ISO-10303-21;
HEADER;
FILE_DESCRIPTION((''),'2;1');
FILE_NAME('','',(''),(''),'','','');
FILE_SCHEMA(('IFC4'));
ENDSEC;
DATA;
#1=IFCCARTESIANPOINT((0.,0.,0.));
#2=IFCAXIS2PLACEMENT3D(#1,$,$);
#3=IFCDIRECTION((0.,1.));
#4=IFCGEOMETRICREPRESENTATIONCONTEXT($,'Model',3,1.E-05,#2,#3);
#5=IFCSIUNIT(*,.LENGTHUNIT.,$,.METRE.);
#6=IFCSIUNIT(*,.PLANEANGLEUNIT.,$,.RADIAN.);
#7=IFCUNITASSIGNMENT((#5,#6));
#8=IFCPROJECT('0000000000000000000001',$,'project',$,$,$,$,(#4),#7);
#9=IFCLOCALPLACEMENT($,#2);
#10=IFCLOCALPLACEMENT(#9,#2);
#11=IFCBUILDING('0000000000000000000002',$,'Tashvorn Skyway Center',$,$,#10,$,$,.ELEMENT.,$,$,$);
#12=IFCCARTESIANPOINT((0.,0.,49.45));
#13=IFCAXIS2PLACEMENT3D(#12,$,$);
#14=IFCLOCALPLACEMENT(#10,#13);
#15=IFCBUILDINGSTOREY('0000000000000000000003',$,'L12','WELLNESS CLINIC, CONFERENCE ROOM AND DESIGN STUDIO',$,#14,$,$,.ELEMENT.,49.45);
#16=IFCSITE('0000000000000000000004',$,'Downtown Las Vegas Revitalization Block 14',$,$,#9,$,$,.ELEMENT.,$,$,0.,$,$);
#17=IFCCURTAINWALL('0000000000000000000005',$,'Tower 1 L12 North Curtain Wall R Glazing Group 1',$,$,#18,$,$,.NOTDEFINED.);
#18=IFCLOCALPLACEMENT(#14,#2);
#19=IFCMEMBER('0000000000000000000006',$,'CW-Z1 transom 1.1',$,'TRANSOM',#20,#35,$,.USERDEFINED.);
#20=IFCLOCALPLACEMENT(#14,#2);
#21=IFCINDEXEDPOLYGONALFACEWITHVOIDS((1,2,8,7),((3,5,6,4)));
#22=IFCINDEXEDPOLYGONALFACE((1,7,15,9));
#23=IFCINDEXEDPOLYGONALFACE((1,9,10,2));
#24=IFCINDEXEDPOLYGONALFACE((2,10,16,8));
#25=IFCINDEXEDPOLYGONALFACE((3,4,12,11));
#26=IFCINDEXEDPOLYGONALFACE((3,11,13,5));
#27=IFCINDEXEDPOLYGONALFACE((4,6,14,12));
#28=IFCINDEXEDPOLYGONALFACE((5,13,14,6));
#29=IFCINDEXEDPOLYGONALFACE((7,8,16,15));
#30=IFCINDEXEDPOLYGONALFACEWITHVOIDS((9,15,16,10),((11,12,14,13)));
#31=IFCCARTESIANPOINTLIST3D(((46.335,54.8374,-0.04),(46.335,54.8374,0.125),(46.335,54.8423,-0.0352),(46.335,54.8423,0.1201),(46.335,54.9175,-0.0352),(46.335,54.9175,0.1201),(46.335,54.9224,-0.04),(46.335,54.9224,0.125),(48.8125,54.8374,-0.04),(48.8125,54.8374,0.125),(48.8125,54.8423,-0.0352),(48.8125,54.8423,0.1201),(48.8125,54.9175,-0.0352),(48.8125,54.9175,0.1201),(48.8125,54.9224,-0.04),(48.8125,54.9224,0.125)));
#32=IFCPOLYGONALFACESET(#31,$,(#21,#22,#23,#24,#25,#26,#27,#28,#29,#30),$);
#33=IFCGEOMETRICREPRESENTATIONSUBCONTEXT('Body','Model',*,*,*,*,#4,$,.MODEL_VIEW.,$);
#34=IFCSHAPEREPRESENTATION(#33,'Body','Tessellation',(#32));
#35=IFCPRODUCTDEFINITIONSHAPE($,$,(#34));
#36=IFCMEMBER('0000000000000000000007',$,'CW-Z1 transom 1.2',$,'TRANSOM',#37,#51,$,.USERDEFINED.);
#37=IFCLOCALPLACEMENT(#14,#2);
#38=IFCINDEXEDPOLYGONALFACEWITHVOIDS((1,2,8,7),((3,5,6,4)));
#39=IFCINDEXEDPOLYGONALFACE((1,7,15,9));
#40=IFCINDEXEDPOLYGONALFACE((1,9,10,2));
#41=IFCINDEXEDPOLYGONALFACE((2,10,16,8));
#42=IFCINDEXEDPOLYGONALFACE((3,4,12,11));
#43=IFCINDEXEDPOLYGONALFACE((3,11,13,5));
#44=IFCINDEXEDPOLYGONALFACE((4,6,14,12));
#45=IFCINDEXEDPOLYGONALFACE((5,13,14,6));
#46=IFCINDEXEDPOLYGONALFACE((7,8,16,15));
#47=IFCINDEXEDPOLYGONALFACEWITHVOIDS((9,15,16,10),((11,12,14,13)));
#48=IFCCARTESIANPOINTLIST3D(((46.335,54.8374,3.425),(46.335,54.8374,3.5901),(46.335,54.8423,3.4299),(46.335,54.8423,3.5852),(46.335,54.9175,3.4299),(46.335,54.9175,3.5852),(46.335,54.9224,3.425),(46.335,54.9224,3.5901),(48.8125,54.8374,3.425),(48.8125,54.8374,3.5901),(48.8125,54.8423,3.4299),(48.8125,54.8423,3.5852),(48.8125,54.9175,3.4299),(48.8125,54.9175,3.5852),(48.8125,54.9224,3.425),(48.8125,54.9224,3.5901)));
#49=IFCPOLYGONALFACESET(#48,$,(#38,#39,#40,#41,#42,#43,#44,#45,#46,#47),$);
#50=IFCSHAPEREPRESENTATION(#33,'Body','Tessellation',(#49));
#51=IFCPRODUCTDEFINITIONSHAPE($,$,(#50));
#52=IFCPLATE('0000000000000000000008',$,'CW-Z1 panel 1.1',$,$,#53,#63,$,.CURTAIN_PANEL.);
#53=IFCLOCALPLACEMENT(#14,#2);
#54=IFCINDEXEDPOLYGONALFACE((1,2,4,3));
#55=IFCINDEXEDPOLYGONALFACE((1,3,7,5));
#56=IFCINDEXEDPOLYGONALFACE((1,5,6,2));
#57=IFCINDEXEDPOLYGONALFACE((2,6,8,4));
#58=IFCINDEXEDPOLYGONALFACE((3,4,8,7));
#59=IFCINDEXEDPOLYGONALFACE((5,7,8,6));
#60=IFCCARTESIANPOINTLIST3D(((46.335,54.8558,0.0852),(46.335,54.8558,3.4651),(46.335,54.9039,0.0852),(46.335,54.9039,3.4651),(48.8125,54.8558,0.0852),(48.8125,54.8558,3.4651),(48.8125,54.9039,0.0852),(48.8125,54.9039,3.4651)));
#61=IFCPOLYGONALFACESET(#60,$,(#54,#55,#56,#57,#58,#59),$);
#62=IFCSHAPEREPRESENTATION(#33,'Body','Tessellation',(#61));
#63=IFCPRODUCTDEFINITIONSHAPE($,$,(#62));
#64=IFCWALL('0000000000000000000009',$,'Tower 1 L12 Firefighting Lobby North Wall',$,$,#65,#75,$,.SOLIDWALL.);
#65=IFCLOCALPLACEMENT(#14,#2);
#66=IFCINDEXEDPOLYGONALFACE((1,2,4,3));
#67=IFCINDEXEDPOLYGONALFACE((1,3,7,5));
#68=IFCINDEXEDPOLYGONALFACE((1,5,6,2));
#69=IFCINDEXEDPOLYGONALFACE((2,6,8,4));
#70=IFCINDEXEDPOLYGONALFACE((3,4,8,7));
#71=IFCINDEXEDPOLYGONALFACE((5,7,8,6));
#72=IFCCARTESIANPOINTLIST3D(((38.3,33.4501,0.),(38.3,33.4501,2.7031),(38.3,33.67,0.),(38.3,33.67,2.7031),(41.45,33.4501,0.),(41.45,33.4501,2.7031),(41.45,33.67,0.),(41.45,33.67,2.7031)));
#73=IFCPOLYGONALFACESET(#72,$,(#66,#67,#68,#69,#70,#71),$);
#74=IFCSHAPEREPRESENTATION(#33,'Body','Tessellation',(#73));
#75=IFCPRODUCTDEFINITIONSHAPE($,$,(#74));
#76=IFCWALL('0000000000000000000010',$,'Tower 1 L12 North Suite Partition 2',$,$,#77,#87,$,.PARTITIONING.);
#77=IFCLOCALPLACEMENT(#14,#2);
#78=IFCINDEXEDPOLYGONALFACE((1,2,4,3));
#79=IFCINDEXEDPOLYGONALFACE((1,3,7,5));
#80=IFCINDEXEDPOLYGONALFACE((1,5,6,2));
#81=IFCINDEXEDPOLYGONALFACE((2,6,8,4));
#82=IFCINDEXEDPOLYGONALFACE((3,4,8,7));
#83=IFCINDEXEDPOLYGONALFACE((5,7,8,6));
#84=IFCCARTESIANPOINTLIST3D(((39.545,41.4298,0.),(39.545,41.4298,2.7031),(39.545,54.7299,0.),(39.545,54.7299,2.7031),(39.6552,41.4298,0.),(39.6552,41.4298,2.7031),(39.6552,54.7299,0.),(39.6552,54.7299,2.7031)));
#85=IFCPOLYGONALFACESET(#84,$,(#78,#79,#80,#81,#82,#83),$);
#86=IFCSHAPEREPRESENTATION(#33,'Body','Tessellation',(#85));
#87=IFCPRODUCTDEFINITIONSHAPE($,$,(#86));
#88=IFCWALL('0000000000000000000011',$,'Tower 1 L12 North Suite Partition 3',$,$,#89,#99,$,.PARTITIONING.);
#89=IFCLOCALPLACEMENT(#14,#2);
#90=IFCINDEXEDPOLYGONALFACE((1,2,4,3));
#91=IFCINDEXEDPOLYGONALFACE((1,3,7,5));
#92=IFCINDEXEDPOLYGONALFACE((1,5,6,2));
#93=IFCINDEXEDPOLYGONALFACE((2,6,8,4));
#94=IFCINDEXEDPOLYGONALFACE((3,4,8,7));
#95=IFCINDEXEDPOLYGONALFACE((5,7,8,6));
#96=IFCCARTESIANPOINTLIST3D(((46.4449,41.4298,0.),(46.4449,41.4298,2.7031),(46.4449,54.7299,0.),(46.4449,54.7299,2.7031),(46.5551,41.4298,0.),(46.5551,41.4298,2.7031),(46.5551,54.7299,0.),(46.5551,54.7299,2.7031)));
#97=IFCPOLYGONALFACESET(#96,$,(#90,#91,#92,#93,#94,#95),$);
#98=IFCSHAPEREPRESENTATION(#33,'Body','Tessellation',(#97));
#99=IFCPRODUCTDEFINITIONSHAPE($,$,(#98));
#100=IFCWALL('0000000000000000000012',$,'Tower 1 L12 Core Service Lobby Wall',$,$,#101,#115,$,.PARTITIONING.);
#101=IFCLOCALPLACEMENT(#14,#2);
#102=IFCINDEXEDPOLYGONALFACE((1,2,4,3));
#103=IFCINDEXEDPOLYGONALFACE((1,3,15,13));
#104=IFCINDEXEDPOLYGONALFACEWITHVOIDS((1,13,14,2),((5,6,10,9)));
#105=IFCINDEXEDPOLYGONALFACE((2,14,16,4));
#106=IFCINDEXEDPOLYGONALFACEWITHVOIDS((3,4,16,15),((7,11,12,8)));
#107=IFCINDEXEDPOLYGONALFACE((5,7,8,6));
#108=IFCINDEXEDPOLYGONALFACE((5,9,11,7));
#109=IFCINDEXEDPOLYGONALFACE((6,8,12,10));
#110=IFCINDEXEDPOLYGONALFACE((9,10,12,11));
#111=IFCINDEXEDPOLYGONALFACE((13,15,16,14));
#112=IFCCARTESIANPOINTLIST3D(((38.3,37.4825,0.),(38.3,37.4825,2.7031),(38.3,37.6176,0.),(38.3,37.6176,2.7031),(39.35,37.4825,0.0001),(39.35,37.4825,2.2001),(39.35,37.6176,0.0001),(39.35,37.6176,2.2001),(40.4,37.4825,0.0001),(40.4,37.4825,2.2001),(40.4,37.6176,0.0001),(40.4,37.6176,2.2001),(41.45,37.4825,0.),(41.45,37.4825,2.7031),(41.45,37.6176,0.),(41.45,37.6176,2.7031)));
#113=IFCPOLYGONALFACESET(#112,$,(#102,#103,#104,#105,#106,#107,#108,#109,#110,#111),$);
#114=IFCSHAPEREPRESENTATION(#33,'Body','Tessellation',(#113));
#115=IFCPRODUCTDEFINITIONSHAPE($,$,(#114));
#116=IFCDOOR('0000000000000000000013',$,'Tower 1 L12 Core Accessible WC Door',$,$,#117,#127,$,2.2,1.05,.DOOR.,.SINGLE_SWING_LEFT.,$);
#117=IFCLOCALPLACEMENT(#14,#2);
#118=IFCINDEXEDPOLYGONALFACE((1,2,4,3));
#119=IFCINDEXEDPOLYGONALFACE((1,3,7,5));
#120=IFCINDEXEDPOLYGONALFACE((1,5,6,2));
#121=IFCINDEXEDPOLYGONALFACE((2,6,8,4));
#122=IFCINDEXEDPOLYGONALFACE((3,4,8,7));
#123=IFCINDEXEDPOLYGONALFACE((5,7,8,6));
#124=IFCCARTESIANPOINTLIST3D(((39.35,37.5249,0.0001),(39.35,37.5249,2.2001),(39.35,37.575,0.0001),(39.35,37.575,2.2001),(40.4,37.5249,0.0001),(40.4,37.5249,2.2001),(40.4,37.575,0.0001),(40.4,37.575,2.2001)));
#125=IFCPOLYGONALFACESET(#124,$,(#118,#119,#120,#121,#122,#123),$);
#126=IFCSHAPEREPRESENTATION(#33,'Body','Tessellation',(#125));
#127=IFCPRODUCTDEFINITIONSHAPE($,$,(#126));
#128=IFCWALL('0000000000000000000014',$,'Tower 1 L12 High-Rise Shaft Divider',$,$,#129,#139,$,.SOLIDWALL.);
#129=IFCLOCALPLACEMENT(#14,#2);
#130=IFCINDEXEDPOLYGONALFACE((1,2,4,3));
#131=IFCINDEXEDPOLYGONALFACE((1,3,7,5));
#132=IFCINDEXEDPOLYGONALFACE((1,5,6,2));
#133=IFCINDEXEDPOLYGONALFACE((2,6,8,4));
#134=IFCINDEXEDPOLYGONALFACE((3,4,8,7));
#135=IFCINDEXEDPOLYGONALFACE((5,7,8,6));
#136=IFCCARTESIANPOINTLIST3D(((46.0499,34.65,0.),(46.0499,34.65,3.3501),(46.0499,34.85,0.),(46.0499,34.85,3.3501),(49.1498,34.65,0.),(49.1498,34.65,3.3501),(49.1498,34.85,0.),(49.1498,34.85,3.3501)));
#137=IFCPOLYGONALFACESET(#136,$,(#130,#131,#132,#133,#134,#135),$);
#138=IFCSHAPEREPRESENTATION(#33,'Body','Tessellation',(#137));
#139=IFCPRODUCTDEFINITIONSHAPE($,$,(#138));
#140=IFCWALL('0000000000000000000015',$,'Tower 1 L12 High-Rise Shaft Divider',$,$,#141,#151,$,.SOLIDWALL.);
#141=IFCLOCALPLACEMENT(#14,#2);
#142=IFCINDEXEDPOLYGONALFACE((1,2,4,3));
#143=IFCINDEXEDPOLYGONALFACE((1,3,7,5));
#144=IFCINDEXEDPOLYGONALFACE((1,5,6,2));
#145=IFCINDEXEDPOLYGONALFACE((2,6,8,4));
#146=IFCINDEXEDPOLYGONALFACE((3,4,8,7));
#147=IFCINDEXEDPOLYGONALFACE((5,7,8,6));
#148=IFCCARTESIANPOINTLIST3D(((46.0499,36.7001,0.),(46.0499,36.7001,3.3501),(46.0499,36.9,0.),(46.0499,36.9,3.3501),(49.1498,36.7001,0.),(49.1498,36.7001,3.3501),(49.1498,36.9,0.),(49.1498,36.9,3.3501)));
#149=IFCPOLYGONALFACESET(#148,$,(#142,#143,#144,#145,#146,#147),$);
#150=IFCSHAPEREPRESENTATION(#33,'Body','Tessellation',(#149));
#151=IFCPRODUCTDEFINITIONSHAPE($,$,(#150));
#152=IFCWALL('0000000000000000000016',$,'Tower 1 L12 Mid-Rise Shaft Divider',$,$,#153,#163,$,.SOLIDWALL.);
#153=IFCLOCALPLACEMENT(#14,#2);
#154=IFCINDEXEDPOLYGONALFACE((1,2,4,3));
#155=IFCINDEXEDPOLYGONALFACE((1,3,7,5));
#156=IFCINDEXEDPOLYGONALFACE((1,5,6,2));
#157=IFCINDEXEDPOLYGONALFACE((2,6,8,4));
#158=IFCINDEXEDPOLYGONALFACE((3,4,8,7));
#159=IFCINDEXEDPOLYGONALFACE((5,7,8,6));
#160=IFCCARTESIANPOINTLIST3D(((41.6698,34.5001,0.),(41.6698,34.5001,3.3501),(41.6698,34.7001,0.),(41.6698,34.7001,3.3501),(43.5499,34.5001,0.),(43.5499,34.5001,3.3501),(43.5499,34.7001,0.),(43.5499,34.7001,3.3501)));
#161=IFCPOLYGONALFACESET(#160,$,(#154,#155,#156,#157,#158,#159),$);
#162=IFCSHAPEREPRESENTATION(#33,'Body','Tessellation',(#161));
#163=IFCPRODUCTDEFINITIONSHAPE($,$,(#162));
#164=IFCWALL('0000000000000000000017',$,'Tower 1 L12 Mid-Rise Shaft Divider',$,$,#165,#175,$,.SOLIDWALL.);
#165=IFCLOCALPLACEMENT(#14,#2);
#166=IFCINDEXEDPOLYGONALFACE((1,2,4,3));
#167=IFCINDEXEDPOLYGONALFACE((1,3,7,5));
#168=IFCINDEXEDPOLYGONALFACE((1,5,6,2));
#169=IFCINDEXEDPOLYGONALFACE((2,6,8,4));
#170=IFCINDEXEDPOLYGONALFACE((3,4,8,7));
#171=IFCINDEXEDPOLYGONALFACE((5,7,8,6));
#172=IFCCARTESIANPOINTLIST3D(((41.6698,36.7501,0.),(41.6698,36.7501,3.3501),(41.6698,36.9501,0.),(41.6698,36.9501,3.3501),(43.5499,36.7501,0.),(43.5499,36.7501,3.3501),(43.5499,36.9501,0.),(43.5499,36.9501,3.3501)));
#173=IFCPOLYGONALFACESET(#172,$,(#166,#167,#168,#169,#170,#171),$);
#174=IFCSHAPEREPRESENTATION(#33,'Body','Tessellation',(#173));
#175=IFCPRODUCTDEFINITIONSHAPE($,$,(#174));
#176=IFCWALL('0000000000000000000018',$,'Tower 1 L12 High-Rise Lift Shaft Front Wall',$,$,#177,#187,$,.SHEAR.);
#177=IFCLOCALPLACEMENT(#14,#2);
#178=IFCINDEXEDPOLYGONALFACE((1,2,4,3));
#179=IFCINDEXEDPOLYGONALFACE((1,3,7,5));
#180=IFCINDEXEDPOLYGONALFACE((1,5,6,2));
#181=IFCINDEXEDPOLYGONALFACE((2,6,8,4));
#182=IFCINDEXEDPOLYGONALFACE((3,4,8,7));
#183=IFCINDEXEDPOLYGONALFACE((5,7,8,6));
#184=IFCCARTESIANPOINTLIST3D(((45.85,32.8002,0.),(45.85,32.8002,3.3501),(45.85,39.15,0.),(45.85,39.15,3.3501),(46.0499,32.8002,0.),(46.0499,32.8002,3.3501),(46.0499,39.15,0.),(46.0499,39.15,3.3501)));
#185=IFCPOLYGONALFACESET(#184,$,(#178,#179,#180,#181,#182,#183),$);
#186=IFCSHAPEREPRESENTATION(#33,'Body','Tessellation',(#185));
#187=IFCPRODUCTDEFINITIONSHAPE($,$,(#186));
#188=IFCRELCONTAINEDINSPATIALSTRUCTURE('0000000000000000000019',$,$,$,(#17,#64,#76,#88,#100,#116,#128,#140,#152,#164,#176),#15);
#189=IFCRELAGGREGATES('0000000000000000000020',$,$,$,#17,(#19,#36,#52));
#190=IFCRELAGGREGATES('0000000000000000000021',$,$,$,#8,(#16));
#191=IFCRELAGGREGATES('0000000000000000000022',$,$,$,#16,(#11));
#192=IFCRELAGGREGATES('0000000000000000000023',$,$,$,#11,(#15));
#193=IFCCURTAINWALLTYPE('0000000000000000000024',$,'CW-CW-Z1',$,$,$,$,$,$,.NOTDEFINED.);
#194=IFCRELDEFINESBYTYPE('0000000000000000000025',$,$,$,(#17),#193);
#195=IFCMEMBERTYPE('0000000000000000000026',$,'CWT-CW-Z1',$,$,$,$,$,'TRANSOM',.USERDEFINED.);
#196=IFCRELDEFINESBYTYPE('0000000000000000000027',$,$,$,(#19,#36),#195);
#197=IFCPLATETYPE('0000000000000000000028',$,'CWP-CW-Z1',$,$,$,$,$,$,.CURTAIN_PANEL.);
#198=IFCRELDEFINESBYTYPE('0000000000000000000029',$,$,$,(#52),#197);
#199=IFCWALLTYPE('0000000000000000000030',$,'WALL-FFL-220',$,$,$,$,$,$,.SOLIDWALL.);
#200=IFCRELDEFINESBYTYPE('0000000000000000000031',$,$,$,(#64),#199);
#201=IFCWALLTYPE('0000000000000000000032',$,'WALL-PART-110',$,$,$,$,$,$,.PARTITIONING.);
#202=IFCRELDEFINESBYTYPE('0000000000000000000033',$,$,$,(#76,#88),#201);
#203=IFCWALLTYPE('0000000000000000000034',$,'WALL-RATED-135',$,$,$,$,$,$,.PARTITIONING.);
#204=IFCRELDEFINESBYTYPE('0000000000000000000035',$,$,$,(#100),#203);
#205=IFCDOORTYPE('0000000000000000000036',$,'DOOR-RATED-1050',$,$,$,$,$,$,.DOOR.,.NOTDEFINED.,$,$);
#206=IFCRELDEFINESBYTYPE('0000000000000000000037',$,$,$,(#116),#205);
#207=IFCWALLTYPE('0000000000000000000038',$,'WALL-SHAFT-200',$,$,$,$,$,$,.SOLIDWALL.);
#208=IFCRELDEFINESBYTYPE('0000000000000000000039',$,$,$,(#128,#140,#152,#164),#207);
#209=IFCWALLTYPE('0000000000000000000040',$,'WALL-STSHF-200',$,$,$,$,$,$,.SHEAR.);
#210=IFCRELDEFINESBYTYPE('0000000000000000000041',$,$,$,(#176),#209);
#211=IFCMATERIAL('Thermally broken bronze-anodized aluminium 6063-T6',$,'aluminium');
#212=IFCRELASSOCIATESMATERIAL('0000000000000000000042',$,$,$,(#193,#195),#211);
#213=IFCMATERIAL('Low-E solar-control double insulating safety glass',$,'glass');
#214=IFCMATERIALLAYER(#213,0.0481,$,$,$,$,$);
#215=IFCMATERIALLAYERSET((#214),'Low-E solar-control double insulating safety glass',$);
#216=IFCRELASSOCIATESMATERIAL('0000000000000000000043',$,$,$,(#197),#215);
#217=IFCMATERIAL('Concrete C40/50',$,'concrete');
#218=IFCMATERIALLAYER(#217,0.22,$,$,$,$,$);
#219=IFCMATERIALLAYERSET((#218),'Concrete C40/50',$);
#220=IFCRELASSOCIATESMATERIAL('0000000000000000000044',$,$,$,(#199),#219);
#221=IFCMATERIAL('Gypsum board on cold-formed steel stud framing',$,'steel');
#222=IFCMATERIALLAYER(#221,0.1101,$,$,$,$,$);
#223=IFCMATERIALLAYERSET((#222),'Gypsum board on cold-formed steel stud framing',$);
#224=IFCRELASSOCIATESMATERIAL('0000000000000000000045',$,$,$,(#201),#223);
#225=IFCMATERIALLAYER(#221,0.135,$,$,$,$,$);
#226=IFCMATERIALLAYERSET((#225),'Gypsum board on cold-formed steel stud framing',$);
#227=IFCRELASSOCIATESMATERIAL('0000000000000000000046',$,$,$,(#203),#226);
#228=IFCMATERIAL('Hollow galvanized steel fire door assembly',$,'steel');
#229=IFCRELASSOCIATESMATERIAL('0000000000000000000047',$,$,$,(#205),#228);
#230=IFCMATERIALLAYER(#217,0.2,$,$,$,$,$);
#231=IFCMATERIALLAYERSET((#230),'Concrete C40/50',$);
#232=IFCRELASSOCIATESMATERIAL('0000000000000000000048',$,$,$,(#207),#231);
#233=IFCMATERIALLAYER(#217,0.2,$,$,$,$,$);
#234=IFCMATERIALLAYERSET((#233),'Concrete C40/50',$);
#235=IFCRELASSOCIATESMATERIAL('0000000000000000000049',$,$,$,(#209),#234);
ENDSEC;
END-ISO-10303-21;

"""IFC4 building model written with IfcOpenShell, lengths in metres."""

from ifc_helpers import new_model, si_unit, direction, frame, frame_2d, origin, origin_2d, place, context, subcontext, project, spatial, rectangle, hollow_rectangle, extrude, material, layer, layer_set, material_profile, profile_set, type_object, element, fill, aggregate, save


model = new_model("IFC4")

# Units and contexts
model_context = context("Model", 3, precision=1e-05, world=origin(), true_north=direction((0.0, 1.0)))
body_context = subcontext(model_context, "Body", "Model", "MODEL_VIEW")
ifc_project = project(units=[si_unit("LENGTHUNIT", "METRE"), si_unit("PLANEANGLEUNIT", "RADIAN")], contexts=[model_context])

# Site, building, storey
site_placement = place(None, origin())
site = spatial("IfcSite", under=ifc_project, at=site_placement, Name="Downtown Las Vegas Revitalization Block 14", CompositionType="ELEMENT", RefElevation=0.0)
building_placement = place(site_placement, origin())
building = spatial("IfcBuilding", under=site, at=building_placement, Name="Tashvorn Skyway Center", CompositionType="ELEMENT")
storey_placement = place(building_placement, frame((0.0, 0.0, 49.45)))
storey = spatial("IfcBuildingStorey", under=building, at=storey_placement, Name="L12", Description="WELLNESS CLINIC, CONFERENCE ROOM AND DESIGN STUDIO", CompositionType="ELEMENT", Elevation=49.45)

# Shared definitions
ifc_material_1 = material(Name="Thermally broken bronze-anodized aluminium 6063-T6", Category="aluminium")
curtain_wall_type = type_object("IfcCurtainWallType", Name="CW-CW-Z1", PredefinedType="NOTDEFINED", material=ifc_material_1)

# Curtain wall, members, plate
curtain_wall_1_placement = place(storey_placement, origin())
curtain_wall_1 = element("IfcCurtainWall", 1, at=curtain_wall_1_placement, inside=storey, type_object=curtain_wall_type, Name="Tower 1 L12 North Curtain Wall R Glazing Group 1", PredefinedType="NOTDEFINED")
ifc_material_profile_1 = material_profile(ifc_material_1, hollow_rectangle(XDim=0.085, YDim=0.165, WallThickness=0.0049, at=origin_2d()), Name="ALU-TRAN-85x165")
ifc_profile_set_1 = profile_set([ifc_material_profile_1], Name="Thermally broken bronze-anodized aluminium 6063-T6")
member_type_1 = type_object("IfcMemberType", Name="CWT-CW-Z1", ElementType="TRANSOM", PredefinedType="USERDEFINED", material=ifc_profile_set_1)
member_1_placement = place(storey_placement, frame((46.335, 54.8799, 0.0425), z_axis=(1.0, 0.0, 0.0), x_axis=(0.0, 1.0, 0.0)))
member_1 = element("IfcMember", 2, at=member_1_placement, type_object=member_type_1, Name="CW-Z1 transom 1.1", ObjectType="TRANSOM", PredefinedType="USERDEFINED", context=body_context, shape_type="SweptSolid", body=[
    extrude(hollow_rectangle(XDim=0.085, YDim=0.165, WallThickness=0.0049, at=origin_2d()), origin(), (0.0, 0.0, 1.0), 2.4775),
])
member_2_placement = place(storey_placement, frame((46.335, 54.8799, 3.5076), z_axis=(1.0, 0.0, 0.0), x_axis=(0.0, 1.0, 0.0)))
member_2 = element("IfcMember", 3, at=member_2_placement, type_object=member_type_1, Name="CW-Z1 transom 1.2", ObjectType="TRANSOM", PredefinedType="USERDEFINED", context=body_context, shape_type="SweptSolid", body=[
    extrude(hollow_rectangle(XDim=0.085, YDim=0.165, WallThickness=0.0049, at=origin_2d()), origin(), (0.0, 0.0, 1.0), 2.4775),
])
ifc_material_2 = material(Name="Low-E solar-control double insulating safety glass", Category="glass")
ifc_layer_1 = layer(ifc_material_2, 0.0481)
ifc_layer_set_1 = layer_set([ifc_layer_1], Name="Low-E solar-control double insulating safety glass")
plate_type = type_object("IfcPlateType", Name="CWP-CW-Z1", PredefinedType="CURTAIN_PANEL", material=ifc_layer_set_1)
plate_placement = place(storey_placement, frame((47.5737, 54.8799, 0.0852), z_axis=(0.0, 0.0, 1.0), x_axis=(1.0, 0.0, 0.0)))
plate = element("IfcPlate", 4, at=plate_placement, type_object=plate_type, Name="CW-Z1 panel 1.1", PredefinedType="CURTAIN_PANEL", context=body_context, shape_type="SweptSolid", body=[
    extrude(rectangle(XDim=2.4775, YDim=0.0481, at=origin_2d()), origin(), (0.0, 0.0, 1.0), 3.3799),
])
aggregate(curtain_wall_1, [member_1, member_2, plate])

# Walls
ifc_material_3 = material(Name="Concrete C40/50", Category="concrete")
ifc_layer_2 = layer(ifc_material_3, 0.22)
ifc_layer_set_2 = layer_set([ifc_layer_2], Name="Concrete C40/50")
wall_type_1 = type_object("IfcWallType", Name="WALL-FFL-220", PredefinedType="SOLIDWALL", material=ifc_layer_set_2)
wall_1_placement = place(storey_placement, frame((38.3, 33.5601, 0.0), z_axis=(0.0, 0.0, 1.0), x_axis=(1.0, 0.0, 0.0)))
element("IfcWall", 5, at=wall_1_placement, inside=storey, type_object=wall_type_1, Name="Tower 1 L12 Firefighting Lobby North Wall", PredefinedType="SOLIDWALL", context=body_context, shape_type="SweptSolid", body=[
    extrude(rectangle(XDim=3.1499, YDim=0.22, at=frame_2d((1.575, 0.0))), origin(), (0.0, 0.0, 1.0), 2.7031),
])
ifc_material_4 = material(Name="Gypsum board on cold-formed steel stud framing", Category="steel")
ifc_layer_3 = layer(ifc_material_4, 0.1101)
ifc_layer_set_3 = layer_set([ifc_layer_3], Name="Gypsum board on cold-formed steel stud framing")
wall_type_2 = type_object("IfcWallType", Name="WALL-PART-110", PredefinedType="PARTITIONING", material=ifc_layer_set_3)
for number, where, z_axis, x_axis, name in (
    (6, (39.6001, 41.4299, 0.0), (0.0, 0.0, 1.0), (0.0, 1.0, 0.0), "Tower 1 L12 North Suite Partition 2"),
    (7, (46.5, 41.4299, 0.0), (0.0, 0.0, 1.0), (0.0, 1.0, 0.0), "Tower 1 L12 North Suite Partition 3"),
):
    element("IfcWall", number, at=place(storey_placement, frame(where, z_axis=z_axis, x_axis=x_axis)), inside=storey, type_object=wall_type_2, Name=name, PredefinedType="PARTITIONING", context=body_context, shape_type="SweptSolid", body=[
        extrude(rectangle(XDim=13.3, YDim=0.1101, at=frame_2d((6.6499, 0.0))), origin(), (0.0, 0.0, 1.0), 2.7031),
    ])

# Wall, opening, door
ifc_layer_4 = layer(ifc_material_4, 0.135)
ifc_layer_set_4 = layer_set([ifc_layer_4], Name="Gypsum board on cold-formed steel stud framing")
wall_type_3 = type_object("IfcWallType", Name="WALL-RATED-135", PredefinedType="PARTITIONING", material=ifc_layer_set_4)
wall_2_placement = place(storey_placement, frame((38.3, 37.55, 0.0), z_axis=(0.0, 0.0, 1.0), x_axis=(1.0, 0.0, 0.0)))
wall_2 = element("IfcWall", 8, at=wall_2_placement, inside=storey, type_object=wall_type_3, Name="Tower 1 L12 Core Service Lobby Wall", PredefinedType="PARTITIONING", context=body_context, shape_type="SweptSolid", body=[
    extrude(rectangle(XDim=3.1499, YDim=0.135, at=frame_2d((1.575, 0.0))), origin(), (0.0, 0.0, 1.0), 2.7031),
])
opening_1_placement = place(wall_2_placement, frame((1.05, 0.0, 0.0)))
opening_1 = element("IfcOpeningElement", 9, at=opening_1_placement, cuts=wall_2, PredefinedType="OPENING", context=body_context, shape_type="SweptSolid", body=[
    extrude(rectangle(XDim=1.05, YDim=2.2, at=frame_2d((0.5249, 1.1001))), frame((0.0, 0.0774, 0.0), z_axis=(0.0, -1.0, 0.0), x_axis=(1.0, 0.0, 0.0)), (0.0, 0.0, 1.0), 0.155),
])
ifc_material_5 = material(Name="Hollow galvanized steel fire door assembly", Category="steel")
door_type_1 = type_object("IfcDoorType", Name="DOOR-RATED-1050", OperationType="NOTDEFINED", PredefinedType="DOOR", material=ifc_material_5)
door_1_placement = place(opening_1_placement, origin())
door_1 = element("IfcDoor", 10, at=door_1_placement, inside=storey, type_object=door_type_1, Name="Tower 1 L12 Core Accessible WC Door", OperationType="SINGLE_SWING_LEFT", OverallHeight=2.2, OverallWidth=1.05, PredefinedType="DOOR", context=body_context, shape_type="SweptSolid", body=[
    extrude(rectangle(XDim=1.05, YDim=2.2, at=frame_2d((0.5249, 1.1001))), frame((0.0, 0.0249, 0.0), z_axis=(0.0, -1.0, 0.0), x_axis=(1.0, 0.0, 0.0)), (0.0, 0.0, 1.0), 0.05),
])
fill(opening_1, door_1)

# Walls
ifc_layer_5 = layer(ifc_material_3, 0.2)
ifc_layer_set_5 = layer_set([ifc_layer_5], Name="Concrete C40/50")
wall_type_4 = type_object("IfcWallType", Name="WALL-SHAFT-200", PredefinedType="SOLIDWALL", material=ifc_layer_set_5)
for number, where, z_axis, x_axis, name in (
    (11, (46.05, 34.75, 0.0), (0.0, 0.0, 1.0), (1.0, 0.0, 0.0), "Tower 1 L12 High-Rise Shaft Divider"),
    (12, (46.05, 36.8, 0.0), (0.0, 0.0, 1.0), (1.0, 0.0, 0.0), "Tower 1 L12 High-Rise Shaft Divider"),
):
    element("IfcWall", number, at=place(storey_placement, frame(where, z_axis=z_axis, x_axis=x_axis)), inside=storey, type_object=wall_type_4, Name=name, PredefinedType="SOLIDWALL", context=body_context, shape_type="SweptSolid", body=[
        extrude(rectangle(XDim=3.0999, YDim=0.2, at=frame_2d((1.5498, 0.0))), origin(), (0.0, 0.0, 1.0), 3.3501),
    ])
for number, where, z_axis, x_axis, name in (
    (13, (41.6699, 34.6001, 0.0), (0.0, 0.0, 1.0), (1.0, 0.0, 0.0), "Tower 1 L12 Mid-Rise Shaft Divider"),
    (14, (41.6699, 36.8501, 0.0), (0.0, 0.0, 1.0), (1.0, 0.0, 0.0), "Tower 1 L12 Mid-Rise Shaft Divider"),
):
    element("IfcWall", number, at=place(storey_placement, frame(where, z_axis=z_axis, x_axis=x_axis)), inside=storey, type_object=wall_type_4, Name=name, PredefinedType="SOLIDWALL", context=body_context, shape_type="SweptSolid", body=[
        extrude(rectangle(XDim=1.8801, YDim=0.2, at=frame_2d((0.9399, 0.0))), origin(), (0.0, 0.0, 1.0), 3.3501),
    ])
ifc_layer_6 = layer(ifc_material_3, 0.2)
ifc_layer_set_6 = layer_set([ifc_layer_6], Name="Concrete C40/50")
wall_type_5 = type_object("IfcWallType", Name="WALL-STSHF-200", PredefinedType="SHEAR", material=ifc_layer_set_6)
wall_3_placement = place(storey_placement, frame((45.95, 39.1499, 0.0), z_axis=(0.0, 0.0, 1.0), x_axis=(0.0, -1.0, 0.0)))
element("IfcWall", 15, at=wall_3_placement, inside=storey, type_object=wall_type_5, Name="Tower 1 L12 High-Rise Lift Shaft Front Wall", PredefinedType="SHEAR", context=body_context, shape_type="SweptSolid", body=[
    extrude(rectangle(XDim=6.3499, YDim=0.2, at=frame_2d((3.1748, 0.0))), origin(), (0.0, 0.0, 1.0), 3.3501),
])

save(model, "model.ifc")
